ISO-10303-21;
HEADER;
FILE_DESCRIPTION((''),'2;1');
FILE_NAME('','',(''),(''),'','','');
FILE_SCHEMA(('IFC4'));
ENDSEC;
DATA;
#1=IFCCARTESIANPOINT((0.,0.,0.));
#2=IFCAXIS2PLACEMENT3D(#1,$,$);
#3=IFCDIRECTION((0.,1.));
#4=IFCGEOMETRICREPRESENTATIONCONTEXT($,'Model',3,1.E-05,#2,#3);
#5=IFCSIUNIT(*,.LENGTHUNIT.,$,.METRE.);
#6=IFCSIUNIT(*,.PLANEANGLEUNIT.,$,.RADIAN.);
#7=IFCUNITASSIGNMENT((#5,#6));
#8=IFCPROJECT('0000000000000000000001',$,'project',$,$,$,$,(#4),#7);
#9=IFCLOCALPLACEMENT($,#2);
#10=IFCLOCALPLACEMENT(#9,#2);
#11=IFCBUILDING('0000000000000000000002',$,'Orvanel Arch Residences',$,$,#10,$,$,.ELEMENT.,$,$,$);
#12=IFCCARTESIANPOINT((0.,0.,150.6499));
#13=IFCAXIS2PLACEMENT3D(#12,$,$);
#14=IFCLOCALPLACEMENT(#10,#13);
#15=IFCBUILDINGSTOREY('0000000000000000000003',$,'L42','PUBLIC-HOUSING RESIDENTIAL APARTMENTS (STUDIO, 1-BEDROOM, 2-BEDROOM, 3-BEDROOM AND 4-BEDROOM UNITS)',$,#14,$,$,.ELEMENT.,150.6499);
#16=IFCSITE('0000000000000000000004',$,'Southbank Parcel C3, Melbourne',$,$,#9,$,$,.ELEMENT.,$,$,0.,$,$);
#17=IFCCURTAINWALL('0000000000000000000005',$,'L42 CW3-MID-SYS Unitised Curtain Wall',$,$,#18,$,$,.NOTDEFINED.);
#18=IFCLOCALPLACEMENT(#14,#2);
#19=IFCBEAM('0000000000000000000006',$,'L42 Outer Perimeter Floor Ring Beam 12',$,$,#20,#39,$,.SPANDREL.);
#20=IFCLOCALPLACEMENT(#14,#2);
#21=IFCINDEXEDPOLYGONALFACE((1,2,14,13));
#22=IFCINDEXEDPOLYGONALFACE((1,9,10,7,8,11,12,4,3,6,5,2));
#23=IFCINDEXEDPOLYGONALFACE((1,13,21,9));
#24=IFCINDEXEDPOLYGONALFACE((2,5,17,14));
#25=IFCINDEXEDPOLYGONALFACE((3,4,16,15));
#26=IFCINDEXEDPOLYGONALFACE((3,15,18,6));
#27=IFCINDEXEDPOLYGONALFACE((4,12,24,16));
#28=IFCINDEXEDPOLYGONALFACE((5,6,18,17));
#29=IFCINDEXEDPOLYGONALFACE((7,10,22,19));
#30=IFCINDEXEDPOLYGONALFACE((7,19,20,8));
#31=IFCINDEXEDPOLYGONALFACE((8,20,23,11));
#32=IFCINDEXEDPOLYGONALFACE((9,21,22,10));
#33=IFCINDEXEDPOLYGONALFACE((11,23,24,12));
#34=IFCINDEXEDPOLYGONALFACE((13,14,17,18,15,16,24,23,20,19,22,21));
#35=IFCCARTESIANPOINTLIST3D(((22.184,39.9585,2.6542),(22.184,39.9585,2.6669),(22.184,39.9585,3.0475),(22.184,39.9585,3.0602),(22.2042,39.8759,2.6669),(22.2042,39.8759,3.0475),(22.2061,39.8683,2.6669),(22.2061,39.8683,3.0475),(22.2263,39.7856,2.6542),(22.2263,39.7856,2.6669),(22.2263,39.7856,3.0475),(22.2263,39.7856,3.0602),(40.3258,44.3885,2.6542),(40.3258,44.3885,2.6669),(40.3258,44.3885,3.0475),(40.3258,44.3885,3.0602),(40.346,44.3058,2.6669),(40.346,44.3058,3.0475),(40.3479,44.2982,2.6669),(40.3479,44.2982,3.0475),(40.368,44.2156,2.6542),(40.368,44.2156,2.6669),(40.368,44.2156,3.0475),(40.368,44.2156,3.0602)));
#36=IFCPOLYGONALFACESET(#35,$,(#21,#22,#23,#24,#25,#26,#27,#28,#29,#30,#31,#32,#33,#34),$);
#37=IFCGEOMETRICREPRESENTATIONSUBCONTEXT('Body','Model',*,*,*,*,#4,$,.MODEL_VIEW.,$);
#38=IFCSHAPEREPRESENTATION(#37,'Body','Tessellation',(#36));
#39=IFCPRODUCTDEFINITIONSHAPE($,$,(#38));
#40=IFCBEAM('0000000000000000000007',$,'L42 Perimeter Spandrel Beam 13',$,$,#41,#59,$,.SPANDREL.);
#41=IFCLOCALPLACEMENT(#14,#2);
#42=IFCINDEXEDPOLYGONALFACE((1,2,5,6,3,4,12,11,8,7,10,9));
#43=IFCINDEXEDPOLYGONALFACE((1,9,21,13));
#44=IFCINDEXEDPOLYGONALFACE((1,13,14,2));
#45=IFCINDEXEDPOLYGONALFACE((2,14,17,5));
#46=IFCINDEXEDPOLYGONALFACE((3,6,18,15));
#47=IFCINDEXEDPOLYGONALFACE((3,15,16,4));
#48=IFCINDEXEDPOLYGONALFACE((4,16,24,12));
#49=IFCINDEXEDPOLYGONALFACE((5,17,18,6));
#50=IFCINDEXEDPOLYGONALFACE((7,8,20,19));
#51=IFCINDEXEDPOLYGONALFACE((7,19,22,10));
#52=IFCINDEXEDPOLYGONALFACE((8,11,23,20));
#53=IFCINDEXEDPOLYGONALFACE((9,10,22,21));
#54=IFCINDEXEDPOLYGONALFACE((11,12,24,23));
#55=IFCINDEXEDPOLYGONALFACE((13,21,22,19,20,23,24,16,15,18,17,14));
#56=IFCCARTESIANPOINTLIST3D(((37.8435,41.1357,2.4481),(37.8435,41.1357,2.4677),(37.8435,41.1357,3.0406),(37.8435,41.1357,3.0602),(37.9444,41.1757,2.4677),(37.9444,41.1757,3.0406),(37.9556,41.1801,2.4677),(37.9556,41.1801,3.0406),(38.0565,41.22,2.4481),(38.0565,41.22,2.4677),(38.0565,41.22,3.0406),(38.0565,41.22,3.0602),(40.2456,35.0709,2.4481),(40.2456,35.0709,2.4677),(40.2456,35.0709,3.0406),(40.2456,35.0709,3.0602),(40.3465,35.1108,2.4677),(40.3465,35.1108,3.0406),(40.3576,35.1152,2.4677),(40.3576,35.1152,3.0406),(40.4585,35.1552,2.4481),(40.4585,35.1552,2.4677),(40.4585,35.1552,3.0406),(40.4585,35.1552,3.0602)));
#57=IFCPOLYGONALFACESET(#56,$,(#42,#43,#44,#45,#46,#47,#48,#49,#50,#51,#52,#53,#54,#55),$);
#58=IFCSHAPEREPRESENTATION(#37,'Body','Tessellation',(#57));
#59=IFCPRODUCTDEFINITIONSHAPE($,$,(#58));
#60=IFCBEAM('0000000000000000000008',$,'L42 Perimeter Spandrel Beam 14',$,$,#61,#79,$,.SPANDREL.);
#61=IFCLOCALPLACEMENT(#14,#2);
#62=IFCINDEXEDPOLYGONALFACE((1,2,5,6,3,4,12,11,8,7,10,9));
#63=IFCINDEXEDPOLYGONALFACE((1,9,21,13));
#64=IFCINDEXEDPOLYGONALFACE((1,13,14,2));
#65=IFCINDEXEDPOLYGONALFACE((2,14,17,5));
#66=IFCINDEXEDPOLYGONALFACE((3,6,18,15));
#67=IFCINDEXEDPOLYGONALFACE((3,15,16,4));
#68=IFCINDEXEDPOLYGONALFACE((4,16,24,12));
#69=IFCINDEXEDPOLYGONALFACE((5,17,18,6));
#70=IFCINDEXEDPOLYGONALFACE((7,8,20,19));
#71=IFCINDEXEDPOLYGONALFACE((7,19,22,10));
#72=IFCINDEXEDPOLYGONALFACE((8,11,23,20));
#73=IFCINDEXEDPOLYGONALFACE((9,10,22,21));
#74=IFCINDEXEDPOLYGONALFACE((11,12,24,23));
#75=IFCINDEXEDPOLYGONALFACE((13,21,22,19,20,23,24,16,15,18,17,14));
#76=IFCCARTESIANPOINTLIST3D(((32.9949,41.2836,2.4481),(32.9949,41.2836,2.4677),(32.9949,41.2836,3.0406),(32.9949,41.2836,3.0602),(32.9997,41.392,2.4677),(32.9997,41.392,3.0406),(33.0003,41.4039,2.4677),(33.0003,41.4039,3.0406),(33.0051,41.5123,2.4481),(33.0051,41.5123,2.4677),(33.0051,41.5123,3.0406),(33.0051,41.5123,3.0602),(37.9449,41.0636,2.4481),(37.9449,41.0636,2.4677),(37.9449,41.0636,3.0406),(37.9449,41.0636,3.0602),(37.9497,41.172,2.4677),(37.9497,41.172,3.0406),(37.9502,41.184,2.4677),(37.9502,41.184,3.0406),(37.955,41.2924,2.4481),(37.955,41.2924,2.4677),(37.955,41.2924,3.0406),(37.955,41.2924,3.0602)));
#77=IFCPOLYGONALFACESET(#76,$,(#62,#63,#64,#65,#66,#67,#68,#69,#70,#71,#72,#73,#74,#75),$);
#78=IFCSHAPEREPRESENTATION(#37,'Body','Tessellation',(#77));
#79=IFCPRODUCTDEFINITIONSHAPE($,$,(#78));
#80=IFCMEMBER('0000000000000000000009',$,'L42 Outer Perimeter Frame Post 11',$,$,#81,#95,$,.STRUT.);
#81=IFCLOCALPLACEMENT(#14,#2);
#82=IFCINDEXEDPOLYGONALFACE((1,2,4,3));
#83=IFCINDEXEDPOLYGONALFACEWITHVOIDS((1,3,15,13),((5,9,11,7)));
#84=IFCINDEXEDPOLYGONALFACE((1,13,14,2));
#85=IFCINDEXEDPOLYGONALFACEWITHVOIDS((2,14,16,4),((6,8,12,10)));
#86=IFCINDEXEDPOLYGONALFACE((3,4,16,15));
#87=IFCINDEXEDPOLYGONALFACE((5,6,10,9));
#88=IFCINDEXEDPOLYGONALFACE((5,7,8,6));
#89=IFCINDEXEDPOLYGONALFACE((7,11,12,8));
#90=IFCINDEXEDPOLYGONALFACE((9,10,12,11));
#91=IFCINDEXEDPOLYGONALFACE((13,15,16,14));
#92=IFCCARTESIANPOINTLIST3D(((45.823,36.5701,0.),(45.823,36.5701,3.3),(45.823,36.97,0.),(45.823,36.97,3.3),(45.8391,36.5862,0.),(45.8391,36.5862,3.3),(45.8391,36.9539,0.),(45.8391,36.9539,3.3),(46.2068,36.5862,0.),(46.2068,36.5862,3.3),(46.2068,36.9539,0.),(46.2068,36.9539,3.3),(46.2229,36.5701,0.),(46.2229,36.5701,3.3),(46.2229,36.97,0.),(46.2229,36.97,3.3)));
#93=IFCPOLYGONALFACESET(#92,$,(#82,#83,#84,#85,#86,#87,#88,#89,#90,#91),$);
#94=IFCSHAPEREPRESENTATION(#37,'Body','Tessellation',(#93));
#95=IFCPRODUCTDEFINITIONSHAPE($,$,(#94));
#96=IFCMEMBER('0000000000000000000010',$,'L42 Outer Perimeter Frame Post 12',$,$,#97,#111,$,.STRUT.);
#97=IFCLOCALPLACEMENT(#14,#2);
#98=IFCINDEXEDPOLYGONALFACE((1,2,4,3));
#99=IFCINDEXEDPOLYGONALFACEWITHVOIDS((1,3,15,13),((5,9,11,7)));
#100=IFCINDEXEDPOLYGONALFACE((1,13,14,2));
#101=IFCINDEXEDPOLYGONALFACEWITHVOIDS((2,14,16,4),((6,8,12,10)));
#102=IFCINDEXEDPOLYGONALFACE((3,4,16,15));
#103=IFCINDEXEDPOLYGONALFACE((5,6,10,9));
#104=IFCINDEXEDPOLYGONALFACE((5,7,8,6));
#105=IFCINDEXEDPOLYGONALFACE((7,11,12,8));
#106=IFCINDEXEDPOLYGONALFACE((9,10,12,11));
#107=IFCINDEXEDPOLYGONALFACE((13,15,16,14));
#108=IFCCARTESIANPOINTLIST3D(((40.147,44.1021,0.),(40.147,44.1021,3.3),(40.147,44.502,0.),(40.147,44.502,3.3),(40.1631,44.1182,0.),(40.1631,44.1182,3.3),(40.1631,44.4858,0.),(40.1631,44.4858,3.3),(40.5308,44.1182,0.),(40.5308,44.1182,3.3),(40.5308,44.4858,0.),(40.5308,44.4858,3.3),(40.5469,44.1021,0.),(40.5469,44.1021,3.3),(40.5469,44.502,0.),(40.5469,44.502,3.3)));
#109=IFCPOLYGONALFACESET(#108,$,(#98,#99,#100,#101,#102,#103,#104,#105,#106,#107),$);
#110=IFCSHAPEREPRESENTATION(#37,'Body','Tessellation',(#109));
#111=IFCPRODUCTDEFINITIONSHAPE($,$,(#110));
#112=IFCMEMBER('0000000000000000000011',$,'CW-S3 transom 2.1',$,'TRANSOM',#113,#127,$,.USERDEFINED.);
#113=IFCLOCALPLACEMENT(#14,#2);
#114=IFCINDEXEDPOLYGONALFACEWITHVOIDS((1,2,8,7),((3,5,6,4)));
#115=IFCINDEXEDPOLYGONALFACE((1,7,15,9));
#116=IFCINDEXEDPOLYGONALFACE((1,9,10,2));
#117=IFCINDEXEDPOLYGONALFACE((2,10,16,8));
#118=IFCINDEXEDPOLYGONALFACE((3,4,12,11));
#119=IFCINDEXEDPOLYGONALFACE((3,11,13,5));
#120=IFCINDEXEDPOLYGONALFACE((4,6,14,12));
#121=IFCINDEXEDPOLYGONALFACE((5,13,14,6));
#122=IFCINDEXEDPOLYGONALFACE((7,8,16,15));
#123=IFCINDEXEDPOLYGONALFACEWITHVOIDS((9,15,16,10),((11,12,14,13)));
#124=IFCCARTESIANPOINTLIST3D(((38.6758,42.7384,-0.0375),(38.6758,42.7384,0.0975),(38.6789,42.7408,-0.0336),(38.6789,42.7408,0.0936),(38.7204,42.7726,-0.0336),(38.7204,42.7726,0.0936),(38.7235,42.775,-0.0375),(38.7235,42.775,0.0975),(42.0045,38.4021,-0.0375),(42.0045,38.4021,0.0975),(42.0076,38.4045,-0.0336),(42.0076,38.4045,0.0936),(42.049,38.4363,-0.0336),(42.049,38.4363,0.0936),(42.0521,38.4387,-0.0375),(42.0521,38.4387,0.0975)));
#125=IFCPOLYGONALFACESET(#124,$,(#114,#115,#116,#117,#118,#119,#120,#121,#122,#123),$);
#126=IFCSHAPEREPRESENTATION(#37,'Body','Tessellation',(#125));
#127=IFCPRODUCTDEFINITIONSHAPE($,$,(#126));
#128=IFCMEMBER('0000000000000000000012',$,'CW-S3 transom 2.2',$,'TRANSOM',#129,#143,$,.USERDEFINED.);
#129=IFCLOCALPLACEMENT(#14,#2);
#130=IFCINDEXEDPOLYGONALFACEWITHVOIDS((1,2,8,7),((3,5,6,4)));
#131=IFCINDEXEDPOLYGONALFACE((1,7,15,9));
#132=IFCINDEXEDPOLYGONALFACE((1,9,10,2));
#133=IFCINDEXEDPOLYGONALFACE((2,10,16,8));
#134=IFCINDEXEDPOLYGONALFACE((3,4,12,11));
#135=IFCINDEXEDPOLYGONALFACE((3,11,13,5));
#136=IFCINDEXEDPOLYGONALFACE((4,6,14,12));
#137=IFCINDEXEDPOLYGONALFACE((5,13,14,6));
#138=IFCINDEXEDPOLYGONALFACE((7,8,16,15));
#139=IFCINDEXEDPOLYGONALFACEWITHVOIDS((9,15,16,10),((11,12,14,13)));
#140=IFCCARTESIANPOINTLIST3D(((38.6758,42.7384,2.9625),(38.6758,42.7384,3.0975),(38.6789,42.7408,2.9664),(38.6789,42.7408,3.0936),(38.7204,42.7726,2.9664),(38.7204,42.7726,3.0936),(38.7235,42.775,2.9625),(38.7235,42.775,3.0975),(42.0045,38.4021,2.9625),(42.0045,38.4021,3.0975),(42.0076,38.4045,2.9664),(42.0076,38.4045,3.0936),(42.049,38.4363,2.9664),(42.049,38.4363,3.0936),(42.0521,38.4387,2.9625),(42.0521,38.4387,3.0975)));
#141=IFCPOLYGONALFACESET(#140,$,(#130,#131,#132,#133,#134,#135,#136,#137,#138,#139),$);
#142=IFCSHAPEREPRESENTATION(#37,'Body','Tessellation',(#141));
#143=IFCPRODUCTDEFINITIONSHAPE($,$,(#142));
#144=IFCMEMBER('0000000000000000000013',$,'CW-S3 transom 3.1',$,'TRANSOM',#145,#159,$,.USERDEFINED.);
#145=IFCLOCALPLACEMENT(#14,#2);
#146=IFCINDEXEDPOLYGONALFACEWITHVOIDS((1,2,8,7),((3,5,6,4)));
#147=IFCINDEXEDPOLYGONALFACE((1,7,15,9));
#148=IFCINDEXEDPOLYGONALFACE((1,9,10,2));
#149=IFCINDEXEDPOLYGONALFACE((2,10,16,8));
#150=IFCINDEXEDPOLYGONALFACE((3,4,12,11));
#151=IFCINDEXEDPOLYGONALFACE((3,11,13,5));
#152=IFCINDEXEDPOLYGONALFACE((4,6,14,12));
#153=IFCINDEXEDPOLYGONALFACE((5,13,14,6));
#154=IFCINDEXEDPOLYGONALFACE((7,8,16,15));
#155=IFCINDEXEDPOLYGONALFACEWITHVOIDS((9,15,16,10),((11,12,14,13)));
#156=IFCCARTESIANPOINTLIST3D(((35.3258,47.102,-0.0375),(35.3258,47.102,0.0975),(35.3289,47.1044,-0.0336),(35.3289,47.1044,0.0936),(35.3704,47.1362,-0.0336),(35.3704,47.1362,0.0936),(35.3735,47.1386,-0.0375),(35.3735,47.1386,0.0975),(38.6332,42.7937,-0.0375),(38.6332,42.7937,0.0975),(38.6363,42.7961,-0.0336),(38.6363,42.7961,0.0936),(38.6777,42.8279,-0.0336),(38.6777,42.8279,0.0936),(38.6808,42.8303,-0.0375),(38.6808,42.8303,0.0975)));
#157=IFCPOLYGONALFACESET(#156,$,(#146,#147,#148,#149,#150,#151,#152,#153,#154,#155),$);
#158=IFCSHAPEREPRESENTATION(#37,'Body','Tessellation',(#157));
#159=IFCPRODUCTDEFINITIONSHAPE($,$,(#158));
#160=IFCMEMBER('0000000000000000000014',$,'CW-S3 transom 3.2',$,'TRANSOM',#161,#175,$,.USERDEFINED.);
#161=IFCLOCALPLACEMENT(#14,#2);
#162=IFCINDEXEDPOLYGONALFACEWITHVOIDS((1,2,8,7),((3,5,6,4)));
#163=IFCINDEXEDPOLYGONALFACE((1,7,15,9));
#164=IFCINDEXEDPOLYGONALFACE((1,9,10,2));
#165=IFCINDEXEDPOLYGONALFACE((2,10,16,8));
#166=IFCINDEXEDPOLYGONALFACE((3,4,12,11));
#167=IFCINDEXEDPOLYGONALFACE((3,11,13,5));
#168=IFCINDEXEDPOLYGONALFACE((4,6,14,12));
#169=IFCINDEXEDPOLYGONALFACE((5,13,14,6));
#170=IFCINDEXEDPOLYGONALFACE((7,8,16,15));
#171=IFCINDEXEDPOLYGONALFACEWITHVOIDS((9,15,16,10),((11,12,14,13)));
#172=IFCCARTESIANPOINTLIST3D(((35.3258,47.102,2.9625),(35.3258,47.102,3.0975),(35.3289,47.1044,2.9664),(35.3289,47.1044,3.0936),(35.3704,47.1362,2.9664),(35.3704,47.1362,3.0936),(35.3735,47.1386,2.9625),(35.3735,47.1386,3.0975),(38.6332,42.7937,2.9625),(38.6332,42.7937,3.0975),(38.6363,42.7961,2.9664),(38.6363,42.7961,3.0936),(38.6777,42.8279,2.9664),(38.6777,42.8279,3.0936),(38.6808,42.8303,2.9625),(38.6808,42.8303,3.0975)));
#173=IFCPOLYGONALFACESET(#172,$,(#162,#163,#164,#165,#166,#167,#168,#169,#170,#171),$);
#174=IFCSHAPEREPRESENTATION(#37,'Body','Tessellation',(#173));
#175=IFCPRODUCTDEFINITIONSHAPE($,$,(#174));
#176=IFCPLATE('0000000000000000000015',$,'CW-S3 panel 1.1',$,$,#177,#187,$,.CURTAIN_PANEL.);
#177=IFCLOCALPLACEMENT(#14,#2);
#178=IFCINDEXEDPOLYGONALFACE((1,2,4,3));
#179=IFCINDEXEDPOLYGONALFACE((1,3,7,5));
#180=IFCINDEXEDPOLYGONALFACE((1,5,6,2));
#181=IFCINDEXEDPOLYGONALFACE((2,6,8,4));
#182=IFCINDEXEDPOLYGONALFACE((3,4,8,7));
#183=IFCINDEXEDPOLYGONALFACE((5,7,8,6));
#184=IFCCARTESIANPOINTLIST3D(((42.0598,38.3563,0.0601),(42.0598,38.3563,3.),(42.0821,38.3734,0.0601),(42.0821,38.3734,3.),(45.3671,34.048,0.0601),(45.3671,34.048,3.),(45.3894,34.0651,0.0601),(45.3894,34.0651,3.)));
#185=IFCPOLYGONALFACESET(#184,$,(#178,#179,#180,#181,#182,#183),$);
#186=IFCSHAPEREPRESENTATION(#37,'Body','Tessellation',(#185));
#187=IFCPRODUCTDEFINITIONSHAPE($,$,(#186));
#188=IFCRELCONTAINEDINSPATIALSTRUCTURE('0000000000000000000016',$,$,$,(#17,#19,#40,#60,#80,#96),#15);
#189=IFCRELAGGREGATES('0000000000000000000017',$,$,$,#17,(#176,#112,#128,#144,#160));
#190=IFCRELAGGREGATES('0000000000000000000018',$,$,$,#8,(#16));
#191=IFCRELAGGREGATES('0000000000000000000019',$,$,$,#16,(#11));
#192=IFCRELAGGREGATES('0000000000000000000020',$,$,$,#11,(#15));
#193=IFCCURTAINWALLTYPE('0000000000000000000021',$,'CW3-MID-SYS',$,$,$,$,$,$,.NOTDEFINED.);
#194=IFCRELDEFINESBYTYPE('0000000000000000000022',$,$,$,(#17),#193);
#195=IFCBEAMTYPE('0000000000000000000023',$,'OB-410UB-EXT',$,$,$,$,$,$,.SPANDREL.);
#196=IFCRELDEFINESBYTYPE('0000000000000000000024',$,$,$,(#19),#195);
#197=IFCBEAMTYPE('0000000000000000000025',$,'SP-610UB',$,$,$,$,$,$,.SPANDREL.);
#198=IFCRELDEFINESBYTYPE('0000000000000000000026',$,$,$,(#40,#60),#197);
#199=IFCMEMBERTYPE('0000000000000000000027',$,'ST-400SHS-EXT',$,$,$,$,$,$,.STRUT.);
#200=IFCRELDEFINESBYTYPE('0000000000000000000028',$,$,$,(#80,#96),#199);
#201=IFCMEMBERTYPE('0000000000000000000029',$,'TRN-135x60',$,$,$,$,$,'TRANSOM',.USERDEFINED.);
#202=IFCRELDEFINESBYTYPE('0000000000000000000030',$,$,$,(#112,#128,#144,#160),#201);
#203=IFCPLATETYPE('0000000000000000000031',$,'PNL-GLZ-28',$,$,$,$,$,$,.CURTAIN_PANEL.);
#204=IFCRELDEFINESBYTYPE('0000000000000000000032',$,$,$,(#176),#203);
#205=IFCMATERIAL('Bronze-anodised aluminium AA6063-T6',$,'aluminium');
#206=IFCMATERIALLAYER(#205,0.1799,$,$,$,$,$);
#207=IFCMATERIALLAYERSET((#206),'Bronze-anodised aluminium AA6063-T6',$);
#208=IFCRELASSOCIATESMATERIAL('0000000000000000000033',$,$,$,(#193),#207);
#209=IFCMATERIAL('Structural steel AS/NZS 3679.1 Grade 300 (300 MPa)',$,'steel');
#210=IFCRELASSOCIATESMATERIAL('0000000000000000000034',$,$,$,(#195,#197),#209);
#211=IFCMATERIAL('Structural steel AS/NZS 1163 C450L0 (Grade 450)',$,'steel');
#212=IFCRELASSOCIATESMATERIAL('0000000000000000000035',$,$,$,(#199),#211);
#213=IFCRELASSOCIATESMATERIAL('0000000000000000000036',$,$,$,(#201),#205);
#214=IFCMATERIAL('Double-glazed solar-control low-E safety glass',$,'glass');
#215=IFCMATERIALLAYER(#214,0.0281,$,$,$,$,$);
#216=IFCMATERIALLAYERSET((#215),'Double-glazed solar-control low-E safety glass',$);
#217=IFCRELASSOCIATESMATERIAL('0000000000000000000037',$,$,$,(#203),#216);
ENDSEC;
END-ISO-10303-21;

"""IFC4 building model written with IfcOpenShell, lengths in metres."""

from ifc_helpers import new_model, si_unit, direction, frame, origin, origin_2d, place, context, subcontext, project, spatial, rectangle, hollow_rectangle, i_section, extrude, material, layer, layer_set, material_profile, profile_set, type_object, element, aggregate, save


model = new_model("IFC4")

# Units and contexts
model_context = context("Model", 3, precision=1e-05, world=origin(), true_north=direction((0.0, 1.0)))
body_context = subcontext(model_context, "Body", "Model", "MODEL_VIEW")
ifc_project = project(units=[si_unit("LENGTHUNIT", "METRE"), si_unit("PLANEANGLEUNIT", "RADIAN")], contexts=[model_context])

# Site, building, storey
site_placement = place(None, origin())
site = spatial("IfcSite", under=ifc_project, at=site_placement, Name="Southbank Parcel C3, Melbourne", CompositionType="ELEMENT", RefElevation=0.0)
building_placement = place(site_placement, origin())
building = spatial("IfcBuilding", under=site, at=building_placement, Name="Orvanel Arch Residences", CompositionType="ELEMENT")
storey_placement = place(building_placement, frame((0.0, 0.0, 150.6499)))
storey = spatial("IfcBuildingStorey", under=building, at=storey_placement, Name="L42", Description="PUBLIC-HOUSING RESIDENTIAL APARTMENTS (STUDIO, 1-BEDROOM, 2-BEDROOM, 3-BEDROOM AND 4-BEDROOM UNITS)", CompositionType="ELEMENT", Elevation=150.6499)

# Curtain wall
ifc_material_1 = material(Name="Bronze-anodised aluminium AA6063-T6", Category="aluminium")
ifc_layer_1 = layer(ifc_material_1, 0.1799)
ifc_layer_set_1 = layer_set([ifc_layer_1], Name="Bronze-anodised aluminium AA6063-T6")
curtain_wall_type = type_object("IfcCurtainWallType", Name="CW3-MID-SYS", PredefinedType="NOTDEFINED", material=ifc_layer_set_1)
curtain_wall_placement = place(storey_placement, origin())
curtain_wall = element("IfcCurtainWall", 1, at=curtain_wall_placement, inside=storey, type_object=curtain_wall_type, Name="L42 CW3-MID-SYS Unitised Curtain Wall", PredefinedType="NOTDEFINED")

# Beams
ifc_material_2 = material(Name="Structural steel AS/NZS 3679.1 Grade 300 (300 MPa)", Category="steel")
ifc_material_profile_1 = material_profile(ifc_material_2, i_section(OverallWidth=0.178, OverallDepth=0.406, WebThickness=0.0078, FlangeThickness=0.0127, at=origin_2d()), Name="410UB59.7")
ifc_profile_set_1 = profile_set([ifc_material_profile_1], Name="Structural steel AS/NZS 3679.1 Grade 300 (300 MPa)")
beam_type_1 = type_object("IfcBeamType", Name="OB-410UB-EXT", PredefinedType="SPANDREL", material=ifc_profile_set_1)
beam_1_placement = place(storey_placement, frame((40.3469, 44.302, 2.8572), z_axis=(-0.971458, -0.237213, 0.0), x_axis=(0.237213, -0.971458, 0.0)))
element("IfcBeam", 2, at=beam_1_placement, inside=storey, type_object=beam_type_1, Name="L42 Outer Perimeter Floor Ring Beam 12", PredefinedType="SPANDREL", context=body_context, shape_type="SweptSolid", body=[
    extrude(i_section(OverallWidth=0.178, OverallDepth=0.406, WebThickness=0.0078, FlangeThickness=0.0127, at=origin_2d()), origin(), (0.0, 0.0, 1.0), 18.6748),
])
ifc_material_profile_2 = material_profile(ifc_material_2, i_section(OverallWidth=0.229, OverallDepth=0.6121, WebThickness=0.012, FlangeThickness=0.0195, at=origin_2d()), Name="610UB125")
ifc_profile_set_2 = profile_set([ifc_material_profile_2], Name="Structural steel AS/NZS 3679.1 Grade 300 (300 MPa)")
beam_type_2 = type_object("IfcBeamType", Name="SP-610UB", PredefinedType="SPANDREL", material=ifc_profile_set_2)
beam_2_placement = place(storey_placement, frame((40.3521, 35.113, 2.7542), z_axis=(-0.368233, 0.929733, 0.0), x_axis=(-0.929733, -0.368233, 0.0)))
element("IfcBeam", 3, at=beam_2_placement, inside=storey, type_object=beam_type_2, Name="L42 Perimeter Spandrel Beam 13", PredefinedType="SPANDREL", context=body_context, shape_type="SweptSolid", body=[
    extrude(i_section(OverallWidth=0.229, OverallDepth=0.6121, WebThickness=0.012, FlangeThickness=0.0195, at=origin_2d()), origin(), (0.0, 0.0, 1.0), 6.5232),
])
beam_3_placement = place(storey_placement, frame((37.95, 41.178, 2.7542), z_axis=(-0.999014, 0.044395, 0.0), x_axis=(-0.044395, -0.999014, 0.0)))
element("IfcBeam", 4, at=beam_3_placement, inside=storey, type_object=beam_type_2, Name="L42 Perimeter Spandrel Beam 14", PredefinedType="SPANDREL", context=body_context, shape_type="SweptSolid", body=[
    extrude(i_section(OverallWidth=0.229, OverallDepth=0.6121, WebThickness=0.012, FlangeThickness=0.0195, at=origin_2d()), origin(), (0.0, 0.0, 1.0), 4.9548),
])

# Members
ifc_material_3 = material(Name="Structural steel AS/NZS 1163 C450L0 (Grade 450)", Category="steel")
ifc_material_profile_3 = material_profile(ifc_material_3, hollow_rectangle(XDim=0.3999, YDim=0.3999, WallThickness=0.0161, at=origin_2d()), Name="SHS400x400x16")
ifc_profile_set_3 = profile_set([ifc_material_profile_3], Name="Structural steel AS/NZS 1163 C450L0 (Grade 450)")
member_type_1 = type_object("IfcMemberType", Name="ST-400SHS-EXT", PredefinedType="STRUT", material=ifc_profile_set_3)
for number, where, z_axis, x_axis, name in (
    (5, (46.0229, 36.77, 0.0), (0.0, 0.0, 1.0), (1.0, 0.0, 0.0), "L42 Outer Perimeter Frame Post 11"),
    (6, (40.3469, 44.302, 0.0), (0.0, 0.0, 1.0), (1.0, 0.0, 0.0), "L42 Outer Perimeter Frame Post 12"),
):
    element("IfcMember", number, at=place(storey_placement, frame(where, z_axis=z_axis, x_axis=x_axis)), inside=storey, type_object=member_type_1, Name=name, PredefinedType="STRUT", context=body_context, shape_type="SweptSolid", body=[
        extrude(hollow_rectangle(XDim=0.3999, YDim=0.3999, WallThickness=0.0161, at=origin_2d()), origin(), (0.0, 0.0, 1.0), 3.3),
    ])

# Members
ifc_material_profile_4 = material_profile(ifc_material_1, hollow_rectangle(XDim=0.0601, YDim=0.135, WallThickness=0.0039, at=origin_2d()), Name="ALU135x60x4")
ifc_profile_set_4 = profile_set([ifc_material_profile_4], Name="Bronze-anodised aluminium AA6063-T6")
member_type_2 = type_object("IfcMemberType", Name="TRN-135x60", ElementType="TRANSOM", PredefinedType="USERDEFINED", material=ifc_profile_set_4)
member_1_placement = place(storey_placement, frame((42.0283, 38.4204, 0.03), z_axis=(-0.608916, 0.793235, 0.0), x_axis=(-0.793235, -0.608916, 0.0)))
member_1 = element("IfcMember", 7, at=member_1_placement, type_object=member_type_2, Name="CW-S3 transom 2.1", ObjectType="TRANSOM", PredefinedType="USERDEFINED", context=body_context, shape_type="SweptSolid", body=[
    extrude(hollow_rectangle(XDim=0.0601, YDim=0.135, WallThickness=0.0039, at=origin_2d()), origin(), (0.0, 0.0, 1.0), 5.4666),
])
member_2_placement = place(storey_placement, frame((42.0283, 38.4204, 3.03), z_axis=(-0.608916, 0.793235, 0.0), x_axis=(-0.793235, -0.608916, 0.0)))
member_2 = element("IfcMember", 8, at=member_2_placement, type_object=member_type_2, Name="CW-S3 transom 2.2", ObjectType="TRANSOM", PredefinedType="USERDEFINED", context=body_context, shape_type="SweptSolid", body=[
    extrude(hollow_rectangle(XDim=0.0601, YDim=0.135, WallThickness=0.0039, at=origin_2d()), origin(), (0.0, 0.0, 1.0), 5.4666),
])
member_3_placement = place(storey_placement, frame((38.657, 42.812, 0.03), z_axis=(-0.608931, 0.793223, 0.0), x_axis=(-0.793223, -0.608931, 0.0)))
member_3 = element("IfcMember", 9, at=member_3_placement, type_object=member_type_2, Name="CW-S3 transom 3.1", ObjectType="TRANSOM", PredefinedType="USERDEFINED", context=body_context, shape_type="SweptSolid", body=[
    extrude(hollow_rectangle(XDim=0.0601, YDim=0.135, WallThickness=0.0039, at=origin_2d()), origin(), (0.0, 0.0, 1.0), 5.4314),
])
member_4_placement = place(storey_placement, frame((38.657, 42.812, 3.03), z_axis=(-0.608931, 0.793223, 0.0), x_axis=(-0.793223, -0.608931, 0.0)))
member_4 = element("IfcMember", 10, at=member_4_placement, type_object=member_type_2, Name="CW-S3 transom 3.2", ObjectType="TRANSOM", PredefinedType="USERDEFINED", context=body_context, shape_type="SweptSolid", body=[
    extrude(hollow_rectangle(XDim=0.0601, YDim=0.135, WallThickness=0.0039, at=origin_2d()), origin(), (0.0, 0.0, 1.0), 5.4314),
])

# Plate
ifc_material_4 = material(Name="Double-glazed solar-control low-E safety glass", Category="glass")
ifc_layer_2 = layer(ifc_material_4, 0.0281)
ifc_layer_set_2 = layer_set([ifc_layer_2], Name="Double-glazed solar-control low-E safety glass")
plate_type = type_object("IfcPlateType", Name="PNL-GLZ-28", PredefinedType="CURTAIN_PANEL", material=ifc_layer_set_2)
plate_1_placement = place(storey_placement, frame((43.7246, 36.2107, 0.0601), z_axis=(0.0, 0.0, 1.0), x_axis=(-0.608931, 0.793223, 0.0)))
plate_1 = element("IfcPlate", 11, at=plate_1_placement, type_object=plate_type, Name="CW-S3 panel 1.1", PredefinedType="CURTAIN_PANEL", context=body_context, shape_type="SweptSolid", body=[
    extrude(rectangle(XDim=5.4314, YDim=0.0281, at=origin_2d()), origin(), (0.0, 0.0, 1.0), 2.9399),
])
aggregate(curtain_wall, [plate_1, member_1, member_2, member_3, member_4])

save(model, "model.ifc")
